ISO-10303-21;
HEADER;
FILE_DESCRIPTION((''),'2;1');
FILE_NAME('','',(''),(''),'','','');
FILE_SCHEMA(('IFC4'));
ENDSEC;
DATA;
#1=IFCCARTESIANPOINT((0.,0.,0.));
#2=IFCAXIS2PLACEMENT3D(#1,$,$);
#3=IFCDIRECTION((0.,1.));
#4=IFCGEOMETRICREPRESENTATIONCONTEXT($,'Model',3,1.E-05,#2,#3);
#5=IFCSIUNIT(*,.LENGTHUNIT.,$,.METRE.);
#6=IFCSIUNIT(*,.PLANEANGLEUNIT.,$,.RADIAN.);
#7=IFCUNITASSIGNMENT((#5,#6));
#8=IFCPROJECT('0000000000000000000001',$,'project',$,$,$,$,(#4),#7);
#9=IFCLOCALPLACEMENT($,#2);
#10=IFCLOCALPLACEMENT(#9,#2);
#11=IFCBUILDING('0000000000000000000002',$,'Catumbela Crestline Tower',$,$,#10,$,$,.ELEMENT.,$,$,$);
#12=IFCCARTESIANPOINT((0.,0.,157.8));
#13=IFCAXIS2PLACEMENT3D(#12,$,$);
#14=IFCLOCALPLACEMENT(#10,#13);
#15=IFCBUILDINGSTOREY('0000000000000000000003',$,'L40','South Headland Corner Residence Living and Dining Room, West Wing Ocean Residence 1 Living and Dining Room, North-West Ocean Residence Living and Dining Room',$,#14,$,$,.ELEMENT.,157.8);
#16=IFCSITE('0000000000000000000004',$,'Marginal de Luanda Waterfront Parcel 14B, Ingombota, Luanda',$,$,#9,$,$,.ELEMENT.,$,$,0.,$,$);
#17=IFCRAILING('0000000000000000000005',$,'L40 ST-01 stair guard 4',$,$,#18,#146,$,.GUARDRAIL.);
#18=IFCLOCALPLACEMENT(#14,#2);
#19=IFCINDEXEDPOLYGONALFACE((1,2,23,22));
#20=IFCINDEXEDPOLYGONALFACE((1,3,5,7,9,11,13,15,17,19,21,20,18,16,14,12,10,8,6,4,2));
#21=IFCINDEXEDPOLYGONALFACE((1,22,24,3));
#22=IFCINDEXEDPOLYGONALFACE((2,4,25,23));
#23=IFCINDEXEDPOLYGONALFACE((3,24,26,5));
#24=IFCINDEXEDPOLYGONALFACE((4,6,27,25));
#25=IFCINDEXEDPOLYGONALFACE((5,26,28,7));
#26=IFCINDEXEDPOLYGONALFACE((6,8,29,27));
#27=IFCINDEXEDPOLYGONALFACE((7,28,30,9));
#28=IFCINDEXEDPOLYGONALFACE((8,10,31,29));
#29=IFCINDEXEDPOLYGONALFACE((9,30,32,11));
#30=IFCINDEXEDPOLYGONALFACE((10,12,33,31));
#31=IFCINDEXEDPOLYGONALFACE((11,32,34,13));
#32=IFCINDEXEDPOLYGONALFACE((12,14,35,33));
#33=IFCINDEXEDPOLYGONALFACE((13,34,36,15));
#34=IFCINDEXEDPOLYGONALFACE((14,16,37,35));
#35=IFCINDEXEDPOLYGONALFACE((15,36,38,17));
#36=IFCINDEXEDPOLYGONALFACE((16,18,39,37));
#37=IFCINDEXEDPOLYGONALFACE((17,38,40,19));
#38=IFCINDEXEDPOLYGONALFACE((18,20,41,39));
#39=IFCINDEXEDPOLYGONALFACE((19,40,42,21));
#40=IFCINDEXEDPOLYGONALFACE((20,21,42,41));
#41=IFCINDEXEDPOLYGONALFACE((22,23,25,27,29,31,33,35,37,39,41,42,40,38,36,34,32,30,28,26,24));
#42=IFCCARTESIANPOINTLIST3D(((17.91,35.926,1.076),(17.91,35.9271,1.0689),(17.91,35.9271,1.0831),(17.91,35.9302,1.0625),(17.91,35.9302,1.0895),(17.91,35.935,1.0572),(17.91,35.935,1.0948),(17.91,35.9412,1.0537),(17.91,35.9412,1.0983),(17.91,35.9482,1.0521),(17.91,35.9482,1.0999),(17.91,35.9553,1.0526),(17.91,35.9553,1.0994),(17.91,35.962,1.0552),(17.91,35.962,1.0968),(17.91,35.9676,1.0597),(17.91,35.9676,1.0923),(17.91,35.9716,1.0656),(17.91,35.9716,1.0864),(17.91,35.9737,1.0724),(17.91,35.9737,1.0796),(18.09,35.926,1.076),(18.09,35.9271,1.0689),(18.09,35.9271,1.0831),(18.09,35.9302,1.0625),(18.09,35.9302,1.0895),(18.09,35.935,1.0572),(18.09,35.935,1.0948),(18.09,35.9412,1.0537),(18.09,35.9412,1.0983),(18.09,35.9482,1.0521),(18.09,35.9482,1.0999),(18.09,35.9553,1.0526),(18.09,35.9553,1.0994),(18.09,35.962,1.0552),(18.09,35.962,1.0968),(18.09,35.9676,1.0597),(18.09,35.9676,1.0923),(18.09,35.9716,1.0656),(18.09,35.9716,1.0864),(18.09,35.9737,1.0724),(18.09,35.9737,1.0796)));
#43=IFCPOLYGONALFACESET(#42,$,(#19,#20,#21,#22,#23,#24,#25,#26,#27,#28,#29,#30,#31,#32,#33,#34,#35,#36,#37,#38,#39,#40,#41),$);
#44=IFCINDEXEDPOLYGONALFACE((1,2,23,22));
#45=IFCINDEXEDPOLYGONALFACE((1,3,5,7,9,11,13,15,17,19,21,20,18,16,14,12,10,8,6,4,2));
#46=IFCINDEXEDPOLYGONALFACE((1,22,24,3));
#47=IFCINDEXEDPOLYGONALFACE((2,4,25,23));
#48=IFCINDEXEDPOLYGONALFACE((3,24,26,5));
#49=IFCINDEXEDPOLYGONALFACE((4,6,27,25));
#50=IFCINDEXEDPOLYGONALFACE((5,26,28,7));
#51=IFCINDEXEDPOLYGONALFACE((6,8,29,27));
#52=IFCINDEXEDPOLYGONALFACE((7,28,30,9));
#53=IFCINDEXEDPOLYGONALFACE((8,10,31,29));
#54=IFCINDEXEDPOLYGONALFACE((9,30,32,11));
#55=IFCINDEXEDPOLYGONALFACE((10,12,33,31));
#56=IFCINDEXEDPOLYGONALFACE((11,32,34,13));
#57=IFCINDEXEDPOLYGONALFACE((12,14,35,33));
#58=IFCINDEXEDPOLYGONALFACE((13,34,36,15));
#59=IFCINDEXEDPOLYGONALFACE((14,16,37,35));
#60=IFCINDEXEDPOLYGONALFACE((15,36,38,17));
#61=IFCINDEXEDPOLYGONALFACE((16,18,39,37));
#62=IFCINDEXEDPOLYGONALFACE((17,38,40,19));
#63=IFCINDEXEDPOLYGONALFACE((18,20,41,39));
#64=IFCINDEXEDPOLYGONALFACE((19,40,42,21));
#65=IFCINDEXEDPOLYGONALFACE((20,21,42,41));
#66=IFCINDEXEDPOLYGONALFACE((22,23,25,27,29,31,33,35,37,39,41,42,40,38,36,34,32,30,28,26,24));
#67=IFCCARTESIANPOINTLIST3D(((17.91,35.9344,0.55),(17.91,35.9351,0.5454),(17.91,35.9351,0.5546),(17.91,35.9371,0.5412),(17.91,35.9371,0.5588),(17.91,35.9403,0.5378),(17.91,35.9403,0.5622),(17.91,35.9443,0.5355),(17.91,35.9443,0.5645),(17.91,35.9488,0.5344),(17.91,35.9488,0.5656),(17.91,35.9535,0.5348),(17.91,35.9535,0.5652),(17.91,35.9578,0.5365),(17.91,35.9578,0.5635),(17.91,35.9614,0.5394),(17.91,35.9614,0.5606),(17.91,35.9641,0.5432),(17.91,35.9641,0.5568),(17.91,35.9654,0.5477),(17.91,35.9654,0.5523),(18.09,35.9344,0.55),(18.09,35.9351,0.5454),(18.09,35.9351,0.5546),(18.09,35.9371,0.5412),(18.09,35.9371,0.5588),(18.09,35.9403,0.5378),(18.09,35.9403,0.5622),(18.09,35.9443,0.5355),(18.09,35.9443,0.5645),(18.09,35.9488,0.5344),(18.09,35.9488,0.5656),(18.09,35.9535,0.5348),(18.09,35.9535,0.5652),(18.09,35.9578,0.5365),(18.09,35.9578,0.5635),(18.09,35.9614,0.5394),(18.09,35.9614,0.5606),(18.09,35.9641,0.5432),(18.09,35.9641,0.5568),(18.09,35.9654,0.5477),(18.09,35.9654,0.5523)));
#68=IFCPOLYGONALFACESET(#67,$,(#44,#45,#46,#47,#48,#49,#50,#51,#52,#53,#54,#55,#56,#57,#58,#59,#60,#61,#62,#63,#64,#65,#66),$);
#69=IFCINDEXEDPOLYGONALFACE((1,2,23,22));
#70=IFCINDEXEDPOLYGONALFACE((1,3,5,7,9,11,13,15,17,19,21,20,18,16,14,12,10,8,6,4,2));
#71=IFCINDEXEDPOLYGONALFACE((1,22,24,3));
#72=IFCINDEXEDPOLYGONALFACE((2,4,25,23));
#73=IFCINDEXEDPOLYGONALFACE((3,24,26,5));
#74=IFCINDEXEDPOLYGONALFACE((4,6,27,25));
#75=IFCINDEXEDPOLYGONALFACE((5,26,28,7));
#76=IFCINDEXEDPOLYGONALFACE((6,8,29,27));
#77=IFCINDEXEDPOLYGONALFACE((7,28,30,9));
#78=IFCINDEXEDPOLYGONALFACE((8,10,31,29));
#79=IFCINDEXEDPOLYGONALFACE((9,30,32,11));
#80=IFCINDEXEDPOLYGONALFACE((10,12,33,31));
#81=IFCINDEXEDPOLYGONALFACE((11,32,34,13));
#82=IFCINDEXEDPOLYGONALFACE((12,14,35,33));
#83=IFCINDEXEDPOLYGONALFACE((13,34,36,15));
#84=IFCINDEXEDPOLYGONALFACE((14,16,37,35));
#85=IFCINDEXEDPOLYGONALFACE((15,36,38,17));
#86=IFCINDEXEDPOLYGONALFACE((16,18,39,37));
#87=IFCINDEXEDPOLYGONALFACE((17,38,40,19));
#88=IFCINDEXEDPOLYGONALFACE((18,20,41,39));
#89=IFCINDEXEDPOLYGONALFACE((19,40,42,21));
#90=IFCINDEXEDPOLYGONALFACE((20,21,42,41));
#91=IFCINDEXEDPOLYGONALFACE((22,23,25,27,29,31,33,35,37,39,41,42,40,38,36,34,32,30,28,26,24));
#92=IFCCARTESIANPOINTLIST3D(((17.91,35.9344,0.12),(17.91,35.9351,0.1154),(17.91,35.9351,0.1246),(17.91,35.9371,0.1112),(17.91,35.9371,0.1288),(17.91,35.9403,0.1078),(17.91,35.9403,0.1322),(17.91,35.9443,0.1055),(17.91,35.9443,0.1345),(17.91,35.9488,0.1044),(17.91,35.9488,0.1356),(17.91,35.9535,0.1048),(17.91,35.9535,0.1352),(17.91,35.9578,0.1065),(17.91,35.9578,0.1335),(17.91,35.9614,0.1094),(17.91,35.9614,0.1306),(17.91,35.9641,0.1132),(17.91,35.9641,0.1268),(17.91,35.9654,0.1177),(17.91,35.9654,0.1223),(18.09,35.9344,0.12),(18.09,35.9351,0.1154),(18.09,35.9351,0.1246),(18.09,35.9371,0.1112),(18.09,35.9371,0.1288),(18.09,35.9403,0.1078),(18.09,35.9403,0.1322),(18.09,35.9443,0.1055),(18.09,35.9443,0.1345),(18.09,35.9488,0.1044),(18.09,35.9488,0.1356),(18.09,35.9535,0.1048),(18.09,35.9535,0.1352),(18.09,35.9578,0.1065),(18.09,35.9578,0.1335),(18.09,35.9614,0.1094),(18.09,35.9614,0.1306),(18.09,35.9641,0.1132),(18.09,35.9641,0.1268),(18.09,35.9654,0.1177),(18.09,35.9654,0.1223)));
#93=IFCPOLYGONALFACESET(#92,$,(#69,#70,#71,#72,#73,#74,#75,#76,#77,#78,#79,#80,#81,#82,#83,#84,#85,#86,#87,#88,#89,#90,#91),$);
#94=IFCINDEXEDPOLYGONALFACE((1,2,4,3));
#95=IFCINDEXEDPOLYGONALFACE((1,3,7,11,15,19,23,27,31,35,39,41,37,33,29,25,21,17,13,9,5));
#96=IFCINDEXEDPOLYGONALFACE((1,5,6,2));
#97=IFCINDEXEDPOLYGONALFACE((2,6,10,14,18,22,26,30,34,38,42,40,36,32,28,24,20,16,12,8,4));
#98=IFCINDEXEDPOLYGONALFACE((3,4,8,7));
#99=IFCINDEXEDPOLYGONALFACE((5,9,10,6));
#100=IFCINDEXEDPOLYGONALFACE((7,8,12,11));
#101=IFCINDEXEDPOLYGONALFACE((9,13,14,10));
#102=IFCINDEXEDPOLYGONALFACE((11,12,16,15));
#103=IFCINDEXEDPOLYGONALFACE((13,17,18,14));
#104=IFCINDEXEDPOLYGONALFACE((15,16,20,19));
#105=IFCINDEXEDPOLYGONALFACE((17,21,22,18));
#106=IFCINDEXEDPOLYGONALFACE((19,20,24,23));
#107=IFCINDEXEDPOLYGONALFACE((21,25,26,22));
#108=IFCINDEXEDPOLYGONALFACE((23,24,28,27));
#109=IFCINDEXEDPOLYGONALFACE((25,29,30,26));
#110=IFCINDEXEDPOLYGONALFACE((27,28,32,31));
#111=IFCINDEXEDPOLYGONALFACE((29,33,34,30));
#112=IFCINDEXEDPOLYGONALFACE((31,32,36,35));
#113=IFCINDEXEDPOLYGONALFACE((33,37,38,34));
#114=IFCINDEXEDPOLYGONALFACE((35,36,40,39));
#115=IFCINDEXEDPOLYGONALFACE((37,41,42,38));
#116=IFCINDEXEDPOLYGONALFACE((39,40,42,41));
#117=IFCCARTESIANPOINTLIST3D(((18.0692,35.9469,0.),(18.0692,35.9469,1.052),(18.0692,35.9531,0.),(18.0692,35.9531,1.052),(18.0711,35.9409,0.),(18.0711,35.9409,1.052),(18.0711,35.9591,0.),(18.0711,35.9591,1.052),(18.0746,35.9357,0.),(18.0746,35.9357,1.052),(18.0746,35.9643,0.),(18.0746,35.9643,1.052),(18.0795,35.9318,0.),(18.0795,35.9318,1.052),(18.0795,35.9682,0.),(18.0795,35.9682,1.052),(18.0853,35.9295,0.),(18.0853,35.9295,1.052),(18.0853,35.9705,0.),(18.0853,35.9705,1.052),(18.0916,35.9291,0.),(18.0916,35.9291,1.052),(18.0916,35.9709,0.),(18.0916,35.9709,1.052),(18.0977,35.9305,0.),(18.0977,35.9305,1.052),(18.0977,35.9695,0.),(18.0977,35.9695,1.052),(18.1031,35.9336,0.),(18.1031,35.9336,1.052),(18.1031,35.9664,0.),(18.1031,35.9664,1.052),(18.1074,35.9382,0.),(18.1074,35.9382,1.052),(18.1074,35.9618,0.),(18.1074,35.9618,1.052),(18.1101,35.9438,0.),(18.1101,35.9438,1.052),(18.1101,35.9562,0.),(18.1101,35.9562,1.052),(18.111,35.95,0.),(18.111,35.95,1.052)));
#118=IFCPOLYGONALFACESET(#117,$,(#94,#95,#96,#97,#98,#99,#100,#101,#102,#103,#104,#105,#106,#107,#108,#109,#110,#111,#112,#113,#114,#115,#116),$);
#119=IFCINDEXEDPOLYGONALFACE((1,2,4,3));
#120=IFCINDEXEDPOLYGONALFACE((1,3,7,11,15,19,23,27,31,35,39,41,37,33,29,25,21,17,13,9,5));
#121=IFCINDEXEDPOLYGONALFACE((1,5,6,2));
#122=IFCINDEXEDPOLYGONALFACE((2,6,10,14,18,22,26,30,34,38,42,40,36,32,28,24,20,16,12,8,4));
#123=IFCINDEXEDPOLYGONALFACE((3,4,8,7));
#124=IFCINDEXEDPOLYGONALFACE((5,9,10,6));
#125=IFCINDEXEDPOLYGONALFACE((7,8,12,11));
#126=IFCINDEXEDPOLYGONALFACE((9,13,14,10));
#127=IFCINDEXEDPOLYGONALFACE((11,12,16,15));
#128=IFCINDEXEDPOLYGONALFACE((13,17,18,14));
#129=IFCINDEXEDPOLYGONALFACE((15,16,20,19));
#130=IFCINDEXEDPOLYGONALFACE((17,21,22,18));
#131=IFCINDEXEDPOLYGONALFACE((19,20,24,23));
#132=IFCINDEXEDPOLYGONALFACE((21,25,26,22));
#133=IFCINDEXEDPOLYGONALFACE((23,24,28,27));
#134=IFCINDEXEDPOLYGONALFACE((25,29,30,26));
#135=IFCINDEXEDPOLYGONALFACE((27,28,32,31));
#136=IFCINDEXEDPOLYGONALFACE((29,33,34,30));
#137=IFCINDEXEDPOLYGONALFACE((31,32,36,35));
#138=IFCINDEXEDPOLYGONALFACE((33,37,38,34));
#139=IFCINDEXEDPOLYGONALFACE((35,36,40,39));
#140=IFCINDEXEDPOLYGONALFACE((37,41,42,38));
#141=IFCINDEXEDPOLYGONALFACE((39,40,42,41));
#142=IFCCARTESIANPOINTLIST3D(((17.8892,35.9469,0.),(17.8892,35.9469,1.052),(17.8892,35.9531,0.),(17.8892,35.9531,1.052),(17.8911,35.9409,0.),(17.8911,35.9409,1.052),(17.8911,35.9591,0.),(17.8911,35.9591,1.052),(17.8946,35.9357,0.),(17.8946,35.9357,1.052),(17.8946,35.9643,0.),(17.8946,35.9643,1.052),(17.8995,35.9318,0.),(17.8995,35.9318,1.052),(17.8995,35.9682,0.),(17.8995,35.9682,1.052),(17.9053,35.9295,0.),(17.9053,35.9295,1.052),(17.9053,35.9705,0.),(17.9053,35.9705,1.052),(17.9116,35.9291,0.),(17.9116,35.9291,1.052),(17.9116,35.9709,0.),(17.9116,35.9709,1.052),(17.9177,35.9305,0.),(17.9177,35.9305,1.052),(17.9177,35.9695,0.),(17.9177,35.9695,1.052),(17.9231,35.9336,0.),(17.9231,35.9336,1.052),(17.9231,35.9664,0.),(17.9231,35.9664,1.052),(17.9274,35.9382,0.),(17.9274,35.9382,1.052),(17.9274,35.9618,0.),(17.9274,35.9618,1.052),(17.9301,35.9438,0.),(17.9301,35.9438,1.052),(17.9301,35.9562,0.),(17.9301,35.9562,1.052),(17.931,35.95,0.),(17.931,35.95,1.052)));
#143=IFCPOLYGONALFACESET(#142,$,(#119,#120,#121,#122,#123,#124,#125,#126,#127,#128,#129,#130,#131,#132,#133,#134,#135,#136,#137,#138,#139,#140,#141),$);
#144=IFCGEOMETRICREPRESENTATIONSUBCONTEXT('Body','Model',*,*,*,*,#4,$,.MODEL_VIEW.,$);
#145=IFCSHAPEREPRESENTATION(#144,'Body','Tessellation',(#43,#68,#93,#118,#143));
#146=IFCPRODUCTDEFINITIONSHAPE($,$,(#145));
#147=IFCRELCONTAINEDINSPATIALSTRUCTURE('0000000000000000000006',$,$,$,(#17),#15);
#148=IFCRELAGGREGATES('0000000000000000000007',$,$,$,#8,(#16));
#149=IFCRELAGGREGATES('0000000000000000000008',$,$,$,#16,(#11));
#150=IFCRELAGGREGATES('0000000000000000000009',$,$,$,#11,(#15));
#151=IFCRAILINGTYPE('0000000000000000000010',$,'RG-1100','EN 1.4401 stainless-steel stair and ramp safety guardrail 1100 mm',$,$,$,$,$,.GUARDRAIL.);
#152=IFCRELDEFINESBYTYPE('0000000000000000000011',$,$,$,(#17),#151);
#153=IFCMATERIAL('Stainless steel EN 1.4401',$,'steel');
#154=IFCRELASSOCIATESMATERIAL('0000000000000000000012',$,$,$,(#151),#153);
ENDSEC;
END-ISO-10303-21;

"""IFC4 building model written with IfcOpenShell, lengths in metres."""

from ifc_helpers import new_model, si_unit, direction, frame, origin, origin_2d, place, context, subcontext, project, spatial, circle, extrude, material, type_object, element, save


model = new_model("IFC4")

# Units and contexts
model_context = context("Model", 3, precision=1e-05, world=origin(), true_north=direction((0.0, 1.0)))
body_context = subcontext(model_context, "Body", "Model", "MODEL_VIEW")
ifc_project = project(units=[si_unit("LENGTHUNIT", "METRE"), si_unit("PLANEANGLEUNIT", "RADIAN")], contexts=[model_context])

# Site, building, storey
site_placement = place(None, origin())
site = spatial("IfcSite", under=ifc_project, at=site_placement, Name="Marginal de Luanda Waterfront Parcel 14B, Ingombota, Luanda", CompositionType="ELEMENT", RefElevation=0.0)
building_placement = place(site_placement, origin())
building = spatial("IfcBuilding", under=site, at=building_placement, Name="Catumbela Crestline Tower", CompositionType="ELEMENT")
storey_placement = place(building_placement, frame((0.0, 0.0, 157.8)))
storey = spatial("IfcBuildingStorey", under=building, at=storey_placement, Name="L40", Description="South Headland Corner Residence Living and Dining Room, West Wing Ocean Residence 1 Living and Dining Room, North-West Ocean Residence Living and Dining Room", CompositionType="ELEMENT", Elevation=157.8)

# Shared definitions
ifc_material_1 = material(Name="Stainless steel EN 1.4401", Category="steel")

# Railing
railing_type_1 = type_object("IfcRailingType", Name="RG-1100", Description="EN 1.4401 stainless-steel stair and ramp safety guardrail 1100 mm", PredefinedType="GUARDRAIL", material=ifc_material_1)
railing_1_placement = place(storey_placement, frame((18.09, 35.95, 0.0)))
element("IfcRailing", 1, at=railing_1_placement, inside=storey, type_object=railing_type_1, Name="L40 ST-01 stair guard 4", PredefinedType="GUARDRAIL", context=body_context, shape_type="SweptSolid", body=[
    extrude(circle(Radius=0.024, at=origin_2d()), frame((0.0, 0.0, 1.076), z_axis=(-1.0, 0.0, 0.0), x_axis=(0.0, -1.0, 0.0)), (0.0, 0.0, 1.0), 0.18),
    extrude(circle(Radius=0.0156, at=origin_2d()), frame((0.0, 0.0, 0.55), z_axis=(-1.0, 0.0, 0.0), x_axis=(0.0, -1.0, 0.0)), (0.0, 0.0, 1.0), 0.18),
    extrude(circle(Radius=0.0156, at=origin_2d()), frame((0.0, 0.0, 0.12), z_axis=(-1.0, 0.0, 0.0), x_axis=(0.0, -1.0, 0.0)), (0.0, 0.0, 1.0), 0.18),
    extrude(circle(Radius=0.021, at=origin_2d()), origin(), (0.0, 0.0, 1.0), 1.052),
    extrude(circle(Radius=0.021, at=origin_2d()), frame((-0.18, 0.0, 0.0)), (0.0, 0.0, 1.0), 1.052),
])

save(model, "model.ifc")
